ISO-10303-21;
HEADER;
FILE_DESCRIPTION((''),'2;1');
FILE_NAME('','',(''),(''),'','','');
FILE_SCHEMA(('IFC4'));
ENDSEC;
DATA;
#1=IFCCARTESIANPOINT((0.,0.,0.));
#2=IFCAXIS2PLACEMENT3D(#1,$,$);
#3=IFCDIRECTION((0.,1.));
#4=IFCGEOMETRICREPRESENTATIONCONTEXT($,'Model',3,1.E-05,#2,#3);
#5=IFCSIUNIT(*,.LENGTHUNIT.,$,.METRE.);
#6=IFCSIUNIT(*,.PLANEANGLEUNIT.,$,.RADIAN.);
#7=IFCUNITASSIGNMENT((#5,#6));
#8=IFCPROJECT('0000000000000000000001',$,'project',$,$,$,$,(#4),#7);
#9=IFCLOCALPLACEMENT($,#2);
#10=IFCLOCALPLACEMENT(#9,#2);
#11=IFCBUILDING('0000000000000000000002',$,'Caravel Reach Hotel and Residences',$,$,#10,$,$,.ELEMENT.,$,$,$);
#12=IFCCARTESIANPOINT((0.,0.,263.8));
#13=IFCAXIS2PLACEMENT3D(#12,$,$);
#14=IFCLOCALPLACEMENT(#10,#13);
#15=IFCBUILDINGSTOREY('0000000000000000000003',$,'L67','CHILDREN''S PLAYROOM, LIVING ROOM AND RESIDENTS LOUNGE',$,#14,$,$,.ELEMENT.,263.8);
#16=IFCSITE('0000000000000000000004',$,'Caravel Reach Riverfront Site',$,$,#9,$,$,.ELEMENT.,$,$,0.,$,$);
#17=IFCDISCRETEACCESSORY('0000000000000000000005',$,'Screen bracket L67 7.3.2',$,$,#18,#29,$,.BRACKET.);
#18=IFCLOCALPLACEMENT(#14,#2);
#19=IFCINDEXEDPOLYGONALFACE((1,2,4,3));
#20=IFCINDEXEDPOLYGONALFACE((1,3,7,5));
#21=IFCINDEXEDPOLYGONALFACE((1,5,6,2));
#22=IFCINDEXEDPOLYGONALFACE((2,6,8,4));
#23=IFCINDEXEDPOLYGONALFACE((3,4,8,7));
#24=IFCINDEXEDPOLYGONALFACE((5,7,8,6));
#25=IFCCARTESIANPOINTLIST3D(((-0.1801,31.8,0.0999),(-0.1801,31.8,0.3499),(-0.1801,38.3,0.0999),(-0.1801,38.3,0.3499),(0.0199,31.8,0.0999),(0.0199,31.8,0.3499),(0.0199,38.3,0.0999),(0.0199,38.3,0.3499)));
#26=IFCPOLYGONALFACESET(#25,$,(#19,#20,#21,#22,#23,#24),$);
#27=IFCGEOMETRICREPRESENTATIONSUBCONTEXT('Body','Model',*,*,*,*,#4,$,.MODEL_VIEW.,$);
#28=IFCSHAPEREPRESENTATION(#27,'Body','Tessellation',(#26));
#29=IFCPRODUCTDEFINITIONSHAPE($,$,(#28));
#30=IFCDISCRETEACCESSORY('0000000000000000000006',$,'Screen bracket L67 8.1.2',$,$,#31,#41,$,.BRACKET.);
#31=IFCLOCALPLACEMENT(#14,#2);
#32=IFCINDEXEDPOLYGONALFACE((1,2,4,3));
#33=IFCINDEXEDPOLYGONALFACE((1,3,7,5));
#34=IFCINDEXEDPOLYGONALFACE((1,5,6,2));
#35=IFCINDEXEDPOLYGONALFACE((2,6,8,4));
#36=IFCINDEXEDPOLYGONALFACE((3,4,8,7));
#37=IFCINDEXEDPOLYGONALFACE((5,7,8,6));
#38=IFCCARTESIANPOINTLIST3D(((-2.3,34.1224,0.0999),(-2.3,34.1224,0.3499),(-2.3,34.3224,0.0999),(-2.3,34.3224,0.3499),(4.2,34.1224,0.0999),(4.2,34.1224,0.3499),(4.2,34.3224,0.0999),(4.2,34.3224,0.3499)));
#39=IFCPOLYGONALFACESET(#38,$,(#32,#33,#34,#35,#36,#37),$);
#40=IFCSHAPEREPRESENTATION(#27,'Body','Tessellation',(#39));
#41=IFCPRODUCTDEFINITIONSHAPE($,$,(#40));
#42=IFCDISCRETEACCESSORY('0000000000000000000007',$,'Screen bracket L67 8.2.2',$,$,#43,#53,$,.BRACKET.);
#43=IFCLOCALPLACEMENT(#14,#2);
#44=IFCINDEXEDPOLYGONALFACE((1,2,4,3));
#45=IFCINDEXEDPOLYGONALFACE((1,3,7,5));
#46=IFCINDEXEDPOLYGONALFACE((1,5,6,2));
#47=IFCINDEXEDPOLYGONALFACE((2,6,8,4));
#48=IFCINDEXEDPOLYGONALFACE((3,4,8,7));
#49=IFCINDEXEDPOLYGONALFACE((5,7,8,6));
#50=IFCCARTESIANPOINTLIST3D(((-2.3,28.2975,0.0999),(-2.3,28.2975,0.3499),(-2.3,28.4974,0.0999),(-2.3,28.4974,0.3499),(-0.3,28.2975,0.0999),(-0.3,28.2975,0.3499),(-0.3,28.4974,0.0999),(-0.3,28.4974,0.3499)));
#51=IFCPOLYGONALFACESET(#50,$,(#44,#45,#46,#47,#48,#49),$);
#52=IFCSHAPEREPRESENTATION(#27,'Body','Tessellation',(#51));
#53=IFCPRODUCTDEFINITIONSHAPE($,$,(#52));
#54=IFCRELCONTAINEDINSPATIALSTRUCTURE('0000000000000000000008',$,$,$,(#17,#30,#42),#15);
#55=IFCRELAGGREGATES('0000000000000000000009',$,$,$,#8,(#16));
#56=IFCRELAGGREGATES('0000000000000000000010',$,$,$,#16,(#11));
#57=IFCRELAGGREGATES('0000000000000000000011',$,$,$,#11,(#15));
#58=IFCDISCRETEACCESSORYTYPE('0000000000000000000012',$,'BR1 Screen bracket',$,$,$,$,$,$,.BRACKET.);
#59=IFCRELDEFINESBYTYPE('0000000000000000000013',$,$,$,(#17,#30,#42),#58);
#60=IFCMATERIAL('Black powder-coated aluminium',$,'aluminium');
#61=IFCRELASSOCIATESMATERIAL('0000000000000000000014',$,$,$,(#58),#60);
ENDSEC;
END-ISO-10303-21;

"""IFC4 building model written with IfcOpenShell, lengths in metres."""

from ifc_helpers import new_model, si_unit, direction, frame, origin, origin_2d, place, context, subcontext, project, spatial, rectangle, extrude, material, type_object, element, save


model = new_model("IFC4")

# Units and contexts
model_context = context("Model", 3, precision=1e-05, world=origin(), true_north=direction((0.0, 1.0)))
body_context = subcontext(model_context, "Body", "Model", "MODEL_VIEW")
ifc_project = project(units=[si_unit("LENGTHUNIT", "METRE"), si_unit("PLANEANGLEUNIT", "RADIAN")], contexts=[model_context])

# Site, building, storey
site_placement = place(None, origin())
site = spatial("IfcSite", under=ifc_project, at=site_placement, Name="Caravel Reach Riverfront Site", CompositionType="ELEMENT", RefElevation=0.0)
building_placement = place(site_placement, origin())
building = spatial("IfcBuilding", under=site, at=building_placement, Name="Caravel Reach Hotel and Residences", CompositionType="ELEMENT")
storey_placement = place(building_placement, frame((0.0, 0.0, 263.8)))
storey = spatial("IfcBuildingStorey", under=building, at=storey_placement, Name="L67", Description="CHILDREN'S PLAYROOM, LIVING ROOM AND RESIDENTS LOUNGE", CompositionType="ELEMENT", Elevation=263.8)

# Discrete accessories
ifc_material_1 = material(Name="Black powder-coated aluminium", Category="aluminium")
discrete_accessory_type = type_object("IfcDiscreteAccessoryType", Name="BR1 Screen bracket", PredefinedType="BRACKET", material=ifc_material_1)
for number, where, z_axis, x_axis, name in (
    (1, (-0.0801, 35.05, 0.0999), (0.0, 0.0, 1.0), (0.0, 1.0, 0.0), "Screen bracket L67 7.3.2"),
    (2, (0.95, 34.2224, 0.0999), (0.0, 0.0, 1.0), (-1.0, 0.0, 0.0), "Screen bracket L67 8.1.2"),
):
    element("IfcDiscreteAccessory", number, at=place(storey_placement, frame(where, z_axis=z_axis, x_axis=x_axis)), inside=storey, type_object=discrete_accessory_type, Name=name, PredefinedType="BRACKET", context=body_context, shape_type="SweptSolid", body=[
        extrude(rectangle(XDim=6.5, YDim=0.2, at=origin_2d()), origin(), (0.0, 0.0, 1.0), 0.25),
    ])
discrete_accessory_1_placement = place(storey_placement, frame((-1.3, 28.3975, 0.0999), z_axis=(0.0, 0.0, 1.0), x_axis=(-1.0, 0.0, 0.0)))
element("IfcDiscreteAccessory", 3, at=discrete_accessory_1_placement, inside=storey, type_object=discrete_accessory_type, Name="Screen bracket L67 8.2.2", PredefinedType="BRACKET", context=body_context, shape_type="SweptSolid", body=[
    extrude(rectangle(XDim=2.0, YDim=0.2, at=origin_2d()), origin(), (0.0, 0.0, 1.0), 0.25),
])

save(model, "model.ifc")
